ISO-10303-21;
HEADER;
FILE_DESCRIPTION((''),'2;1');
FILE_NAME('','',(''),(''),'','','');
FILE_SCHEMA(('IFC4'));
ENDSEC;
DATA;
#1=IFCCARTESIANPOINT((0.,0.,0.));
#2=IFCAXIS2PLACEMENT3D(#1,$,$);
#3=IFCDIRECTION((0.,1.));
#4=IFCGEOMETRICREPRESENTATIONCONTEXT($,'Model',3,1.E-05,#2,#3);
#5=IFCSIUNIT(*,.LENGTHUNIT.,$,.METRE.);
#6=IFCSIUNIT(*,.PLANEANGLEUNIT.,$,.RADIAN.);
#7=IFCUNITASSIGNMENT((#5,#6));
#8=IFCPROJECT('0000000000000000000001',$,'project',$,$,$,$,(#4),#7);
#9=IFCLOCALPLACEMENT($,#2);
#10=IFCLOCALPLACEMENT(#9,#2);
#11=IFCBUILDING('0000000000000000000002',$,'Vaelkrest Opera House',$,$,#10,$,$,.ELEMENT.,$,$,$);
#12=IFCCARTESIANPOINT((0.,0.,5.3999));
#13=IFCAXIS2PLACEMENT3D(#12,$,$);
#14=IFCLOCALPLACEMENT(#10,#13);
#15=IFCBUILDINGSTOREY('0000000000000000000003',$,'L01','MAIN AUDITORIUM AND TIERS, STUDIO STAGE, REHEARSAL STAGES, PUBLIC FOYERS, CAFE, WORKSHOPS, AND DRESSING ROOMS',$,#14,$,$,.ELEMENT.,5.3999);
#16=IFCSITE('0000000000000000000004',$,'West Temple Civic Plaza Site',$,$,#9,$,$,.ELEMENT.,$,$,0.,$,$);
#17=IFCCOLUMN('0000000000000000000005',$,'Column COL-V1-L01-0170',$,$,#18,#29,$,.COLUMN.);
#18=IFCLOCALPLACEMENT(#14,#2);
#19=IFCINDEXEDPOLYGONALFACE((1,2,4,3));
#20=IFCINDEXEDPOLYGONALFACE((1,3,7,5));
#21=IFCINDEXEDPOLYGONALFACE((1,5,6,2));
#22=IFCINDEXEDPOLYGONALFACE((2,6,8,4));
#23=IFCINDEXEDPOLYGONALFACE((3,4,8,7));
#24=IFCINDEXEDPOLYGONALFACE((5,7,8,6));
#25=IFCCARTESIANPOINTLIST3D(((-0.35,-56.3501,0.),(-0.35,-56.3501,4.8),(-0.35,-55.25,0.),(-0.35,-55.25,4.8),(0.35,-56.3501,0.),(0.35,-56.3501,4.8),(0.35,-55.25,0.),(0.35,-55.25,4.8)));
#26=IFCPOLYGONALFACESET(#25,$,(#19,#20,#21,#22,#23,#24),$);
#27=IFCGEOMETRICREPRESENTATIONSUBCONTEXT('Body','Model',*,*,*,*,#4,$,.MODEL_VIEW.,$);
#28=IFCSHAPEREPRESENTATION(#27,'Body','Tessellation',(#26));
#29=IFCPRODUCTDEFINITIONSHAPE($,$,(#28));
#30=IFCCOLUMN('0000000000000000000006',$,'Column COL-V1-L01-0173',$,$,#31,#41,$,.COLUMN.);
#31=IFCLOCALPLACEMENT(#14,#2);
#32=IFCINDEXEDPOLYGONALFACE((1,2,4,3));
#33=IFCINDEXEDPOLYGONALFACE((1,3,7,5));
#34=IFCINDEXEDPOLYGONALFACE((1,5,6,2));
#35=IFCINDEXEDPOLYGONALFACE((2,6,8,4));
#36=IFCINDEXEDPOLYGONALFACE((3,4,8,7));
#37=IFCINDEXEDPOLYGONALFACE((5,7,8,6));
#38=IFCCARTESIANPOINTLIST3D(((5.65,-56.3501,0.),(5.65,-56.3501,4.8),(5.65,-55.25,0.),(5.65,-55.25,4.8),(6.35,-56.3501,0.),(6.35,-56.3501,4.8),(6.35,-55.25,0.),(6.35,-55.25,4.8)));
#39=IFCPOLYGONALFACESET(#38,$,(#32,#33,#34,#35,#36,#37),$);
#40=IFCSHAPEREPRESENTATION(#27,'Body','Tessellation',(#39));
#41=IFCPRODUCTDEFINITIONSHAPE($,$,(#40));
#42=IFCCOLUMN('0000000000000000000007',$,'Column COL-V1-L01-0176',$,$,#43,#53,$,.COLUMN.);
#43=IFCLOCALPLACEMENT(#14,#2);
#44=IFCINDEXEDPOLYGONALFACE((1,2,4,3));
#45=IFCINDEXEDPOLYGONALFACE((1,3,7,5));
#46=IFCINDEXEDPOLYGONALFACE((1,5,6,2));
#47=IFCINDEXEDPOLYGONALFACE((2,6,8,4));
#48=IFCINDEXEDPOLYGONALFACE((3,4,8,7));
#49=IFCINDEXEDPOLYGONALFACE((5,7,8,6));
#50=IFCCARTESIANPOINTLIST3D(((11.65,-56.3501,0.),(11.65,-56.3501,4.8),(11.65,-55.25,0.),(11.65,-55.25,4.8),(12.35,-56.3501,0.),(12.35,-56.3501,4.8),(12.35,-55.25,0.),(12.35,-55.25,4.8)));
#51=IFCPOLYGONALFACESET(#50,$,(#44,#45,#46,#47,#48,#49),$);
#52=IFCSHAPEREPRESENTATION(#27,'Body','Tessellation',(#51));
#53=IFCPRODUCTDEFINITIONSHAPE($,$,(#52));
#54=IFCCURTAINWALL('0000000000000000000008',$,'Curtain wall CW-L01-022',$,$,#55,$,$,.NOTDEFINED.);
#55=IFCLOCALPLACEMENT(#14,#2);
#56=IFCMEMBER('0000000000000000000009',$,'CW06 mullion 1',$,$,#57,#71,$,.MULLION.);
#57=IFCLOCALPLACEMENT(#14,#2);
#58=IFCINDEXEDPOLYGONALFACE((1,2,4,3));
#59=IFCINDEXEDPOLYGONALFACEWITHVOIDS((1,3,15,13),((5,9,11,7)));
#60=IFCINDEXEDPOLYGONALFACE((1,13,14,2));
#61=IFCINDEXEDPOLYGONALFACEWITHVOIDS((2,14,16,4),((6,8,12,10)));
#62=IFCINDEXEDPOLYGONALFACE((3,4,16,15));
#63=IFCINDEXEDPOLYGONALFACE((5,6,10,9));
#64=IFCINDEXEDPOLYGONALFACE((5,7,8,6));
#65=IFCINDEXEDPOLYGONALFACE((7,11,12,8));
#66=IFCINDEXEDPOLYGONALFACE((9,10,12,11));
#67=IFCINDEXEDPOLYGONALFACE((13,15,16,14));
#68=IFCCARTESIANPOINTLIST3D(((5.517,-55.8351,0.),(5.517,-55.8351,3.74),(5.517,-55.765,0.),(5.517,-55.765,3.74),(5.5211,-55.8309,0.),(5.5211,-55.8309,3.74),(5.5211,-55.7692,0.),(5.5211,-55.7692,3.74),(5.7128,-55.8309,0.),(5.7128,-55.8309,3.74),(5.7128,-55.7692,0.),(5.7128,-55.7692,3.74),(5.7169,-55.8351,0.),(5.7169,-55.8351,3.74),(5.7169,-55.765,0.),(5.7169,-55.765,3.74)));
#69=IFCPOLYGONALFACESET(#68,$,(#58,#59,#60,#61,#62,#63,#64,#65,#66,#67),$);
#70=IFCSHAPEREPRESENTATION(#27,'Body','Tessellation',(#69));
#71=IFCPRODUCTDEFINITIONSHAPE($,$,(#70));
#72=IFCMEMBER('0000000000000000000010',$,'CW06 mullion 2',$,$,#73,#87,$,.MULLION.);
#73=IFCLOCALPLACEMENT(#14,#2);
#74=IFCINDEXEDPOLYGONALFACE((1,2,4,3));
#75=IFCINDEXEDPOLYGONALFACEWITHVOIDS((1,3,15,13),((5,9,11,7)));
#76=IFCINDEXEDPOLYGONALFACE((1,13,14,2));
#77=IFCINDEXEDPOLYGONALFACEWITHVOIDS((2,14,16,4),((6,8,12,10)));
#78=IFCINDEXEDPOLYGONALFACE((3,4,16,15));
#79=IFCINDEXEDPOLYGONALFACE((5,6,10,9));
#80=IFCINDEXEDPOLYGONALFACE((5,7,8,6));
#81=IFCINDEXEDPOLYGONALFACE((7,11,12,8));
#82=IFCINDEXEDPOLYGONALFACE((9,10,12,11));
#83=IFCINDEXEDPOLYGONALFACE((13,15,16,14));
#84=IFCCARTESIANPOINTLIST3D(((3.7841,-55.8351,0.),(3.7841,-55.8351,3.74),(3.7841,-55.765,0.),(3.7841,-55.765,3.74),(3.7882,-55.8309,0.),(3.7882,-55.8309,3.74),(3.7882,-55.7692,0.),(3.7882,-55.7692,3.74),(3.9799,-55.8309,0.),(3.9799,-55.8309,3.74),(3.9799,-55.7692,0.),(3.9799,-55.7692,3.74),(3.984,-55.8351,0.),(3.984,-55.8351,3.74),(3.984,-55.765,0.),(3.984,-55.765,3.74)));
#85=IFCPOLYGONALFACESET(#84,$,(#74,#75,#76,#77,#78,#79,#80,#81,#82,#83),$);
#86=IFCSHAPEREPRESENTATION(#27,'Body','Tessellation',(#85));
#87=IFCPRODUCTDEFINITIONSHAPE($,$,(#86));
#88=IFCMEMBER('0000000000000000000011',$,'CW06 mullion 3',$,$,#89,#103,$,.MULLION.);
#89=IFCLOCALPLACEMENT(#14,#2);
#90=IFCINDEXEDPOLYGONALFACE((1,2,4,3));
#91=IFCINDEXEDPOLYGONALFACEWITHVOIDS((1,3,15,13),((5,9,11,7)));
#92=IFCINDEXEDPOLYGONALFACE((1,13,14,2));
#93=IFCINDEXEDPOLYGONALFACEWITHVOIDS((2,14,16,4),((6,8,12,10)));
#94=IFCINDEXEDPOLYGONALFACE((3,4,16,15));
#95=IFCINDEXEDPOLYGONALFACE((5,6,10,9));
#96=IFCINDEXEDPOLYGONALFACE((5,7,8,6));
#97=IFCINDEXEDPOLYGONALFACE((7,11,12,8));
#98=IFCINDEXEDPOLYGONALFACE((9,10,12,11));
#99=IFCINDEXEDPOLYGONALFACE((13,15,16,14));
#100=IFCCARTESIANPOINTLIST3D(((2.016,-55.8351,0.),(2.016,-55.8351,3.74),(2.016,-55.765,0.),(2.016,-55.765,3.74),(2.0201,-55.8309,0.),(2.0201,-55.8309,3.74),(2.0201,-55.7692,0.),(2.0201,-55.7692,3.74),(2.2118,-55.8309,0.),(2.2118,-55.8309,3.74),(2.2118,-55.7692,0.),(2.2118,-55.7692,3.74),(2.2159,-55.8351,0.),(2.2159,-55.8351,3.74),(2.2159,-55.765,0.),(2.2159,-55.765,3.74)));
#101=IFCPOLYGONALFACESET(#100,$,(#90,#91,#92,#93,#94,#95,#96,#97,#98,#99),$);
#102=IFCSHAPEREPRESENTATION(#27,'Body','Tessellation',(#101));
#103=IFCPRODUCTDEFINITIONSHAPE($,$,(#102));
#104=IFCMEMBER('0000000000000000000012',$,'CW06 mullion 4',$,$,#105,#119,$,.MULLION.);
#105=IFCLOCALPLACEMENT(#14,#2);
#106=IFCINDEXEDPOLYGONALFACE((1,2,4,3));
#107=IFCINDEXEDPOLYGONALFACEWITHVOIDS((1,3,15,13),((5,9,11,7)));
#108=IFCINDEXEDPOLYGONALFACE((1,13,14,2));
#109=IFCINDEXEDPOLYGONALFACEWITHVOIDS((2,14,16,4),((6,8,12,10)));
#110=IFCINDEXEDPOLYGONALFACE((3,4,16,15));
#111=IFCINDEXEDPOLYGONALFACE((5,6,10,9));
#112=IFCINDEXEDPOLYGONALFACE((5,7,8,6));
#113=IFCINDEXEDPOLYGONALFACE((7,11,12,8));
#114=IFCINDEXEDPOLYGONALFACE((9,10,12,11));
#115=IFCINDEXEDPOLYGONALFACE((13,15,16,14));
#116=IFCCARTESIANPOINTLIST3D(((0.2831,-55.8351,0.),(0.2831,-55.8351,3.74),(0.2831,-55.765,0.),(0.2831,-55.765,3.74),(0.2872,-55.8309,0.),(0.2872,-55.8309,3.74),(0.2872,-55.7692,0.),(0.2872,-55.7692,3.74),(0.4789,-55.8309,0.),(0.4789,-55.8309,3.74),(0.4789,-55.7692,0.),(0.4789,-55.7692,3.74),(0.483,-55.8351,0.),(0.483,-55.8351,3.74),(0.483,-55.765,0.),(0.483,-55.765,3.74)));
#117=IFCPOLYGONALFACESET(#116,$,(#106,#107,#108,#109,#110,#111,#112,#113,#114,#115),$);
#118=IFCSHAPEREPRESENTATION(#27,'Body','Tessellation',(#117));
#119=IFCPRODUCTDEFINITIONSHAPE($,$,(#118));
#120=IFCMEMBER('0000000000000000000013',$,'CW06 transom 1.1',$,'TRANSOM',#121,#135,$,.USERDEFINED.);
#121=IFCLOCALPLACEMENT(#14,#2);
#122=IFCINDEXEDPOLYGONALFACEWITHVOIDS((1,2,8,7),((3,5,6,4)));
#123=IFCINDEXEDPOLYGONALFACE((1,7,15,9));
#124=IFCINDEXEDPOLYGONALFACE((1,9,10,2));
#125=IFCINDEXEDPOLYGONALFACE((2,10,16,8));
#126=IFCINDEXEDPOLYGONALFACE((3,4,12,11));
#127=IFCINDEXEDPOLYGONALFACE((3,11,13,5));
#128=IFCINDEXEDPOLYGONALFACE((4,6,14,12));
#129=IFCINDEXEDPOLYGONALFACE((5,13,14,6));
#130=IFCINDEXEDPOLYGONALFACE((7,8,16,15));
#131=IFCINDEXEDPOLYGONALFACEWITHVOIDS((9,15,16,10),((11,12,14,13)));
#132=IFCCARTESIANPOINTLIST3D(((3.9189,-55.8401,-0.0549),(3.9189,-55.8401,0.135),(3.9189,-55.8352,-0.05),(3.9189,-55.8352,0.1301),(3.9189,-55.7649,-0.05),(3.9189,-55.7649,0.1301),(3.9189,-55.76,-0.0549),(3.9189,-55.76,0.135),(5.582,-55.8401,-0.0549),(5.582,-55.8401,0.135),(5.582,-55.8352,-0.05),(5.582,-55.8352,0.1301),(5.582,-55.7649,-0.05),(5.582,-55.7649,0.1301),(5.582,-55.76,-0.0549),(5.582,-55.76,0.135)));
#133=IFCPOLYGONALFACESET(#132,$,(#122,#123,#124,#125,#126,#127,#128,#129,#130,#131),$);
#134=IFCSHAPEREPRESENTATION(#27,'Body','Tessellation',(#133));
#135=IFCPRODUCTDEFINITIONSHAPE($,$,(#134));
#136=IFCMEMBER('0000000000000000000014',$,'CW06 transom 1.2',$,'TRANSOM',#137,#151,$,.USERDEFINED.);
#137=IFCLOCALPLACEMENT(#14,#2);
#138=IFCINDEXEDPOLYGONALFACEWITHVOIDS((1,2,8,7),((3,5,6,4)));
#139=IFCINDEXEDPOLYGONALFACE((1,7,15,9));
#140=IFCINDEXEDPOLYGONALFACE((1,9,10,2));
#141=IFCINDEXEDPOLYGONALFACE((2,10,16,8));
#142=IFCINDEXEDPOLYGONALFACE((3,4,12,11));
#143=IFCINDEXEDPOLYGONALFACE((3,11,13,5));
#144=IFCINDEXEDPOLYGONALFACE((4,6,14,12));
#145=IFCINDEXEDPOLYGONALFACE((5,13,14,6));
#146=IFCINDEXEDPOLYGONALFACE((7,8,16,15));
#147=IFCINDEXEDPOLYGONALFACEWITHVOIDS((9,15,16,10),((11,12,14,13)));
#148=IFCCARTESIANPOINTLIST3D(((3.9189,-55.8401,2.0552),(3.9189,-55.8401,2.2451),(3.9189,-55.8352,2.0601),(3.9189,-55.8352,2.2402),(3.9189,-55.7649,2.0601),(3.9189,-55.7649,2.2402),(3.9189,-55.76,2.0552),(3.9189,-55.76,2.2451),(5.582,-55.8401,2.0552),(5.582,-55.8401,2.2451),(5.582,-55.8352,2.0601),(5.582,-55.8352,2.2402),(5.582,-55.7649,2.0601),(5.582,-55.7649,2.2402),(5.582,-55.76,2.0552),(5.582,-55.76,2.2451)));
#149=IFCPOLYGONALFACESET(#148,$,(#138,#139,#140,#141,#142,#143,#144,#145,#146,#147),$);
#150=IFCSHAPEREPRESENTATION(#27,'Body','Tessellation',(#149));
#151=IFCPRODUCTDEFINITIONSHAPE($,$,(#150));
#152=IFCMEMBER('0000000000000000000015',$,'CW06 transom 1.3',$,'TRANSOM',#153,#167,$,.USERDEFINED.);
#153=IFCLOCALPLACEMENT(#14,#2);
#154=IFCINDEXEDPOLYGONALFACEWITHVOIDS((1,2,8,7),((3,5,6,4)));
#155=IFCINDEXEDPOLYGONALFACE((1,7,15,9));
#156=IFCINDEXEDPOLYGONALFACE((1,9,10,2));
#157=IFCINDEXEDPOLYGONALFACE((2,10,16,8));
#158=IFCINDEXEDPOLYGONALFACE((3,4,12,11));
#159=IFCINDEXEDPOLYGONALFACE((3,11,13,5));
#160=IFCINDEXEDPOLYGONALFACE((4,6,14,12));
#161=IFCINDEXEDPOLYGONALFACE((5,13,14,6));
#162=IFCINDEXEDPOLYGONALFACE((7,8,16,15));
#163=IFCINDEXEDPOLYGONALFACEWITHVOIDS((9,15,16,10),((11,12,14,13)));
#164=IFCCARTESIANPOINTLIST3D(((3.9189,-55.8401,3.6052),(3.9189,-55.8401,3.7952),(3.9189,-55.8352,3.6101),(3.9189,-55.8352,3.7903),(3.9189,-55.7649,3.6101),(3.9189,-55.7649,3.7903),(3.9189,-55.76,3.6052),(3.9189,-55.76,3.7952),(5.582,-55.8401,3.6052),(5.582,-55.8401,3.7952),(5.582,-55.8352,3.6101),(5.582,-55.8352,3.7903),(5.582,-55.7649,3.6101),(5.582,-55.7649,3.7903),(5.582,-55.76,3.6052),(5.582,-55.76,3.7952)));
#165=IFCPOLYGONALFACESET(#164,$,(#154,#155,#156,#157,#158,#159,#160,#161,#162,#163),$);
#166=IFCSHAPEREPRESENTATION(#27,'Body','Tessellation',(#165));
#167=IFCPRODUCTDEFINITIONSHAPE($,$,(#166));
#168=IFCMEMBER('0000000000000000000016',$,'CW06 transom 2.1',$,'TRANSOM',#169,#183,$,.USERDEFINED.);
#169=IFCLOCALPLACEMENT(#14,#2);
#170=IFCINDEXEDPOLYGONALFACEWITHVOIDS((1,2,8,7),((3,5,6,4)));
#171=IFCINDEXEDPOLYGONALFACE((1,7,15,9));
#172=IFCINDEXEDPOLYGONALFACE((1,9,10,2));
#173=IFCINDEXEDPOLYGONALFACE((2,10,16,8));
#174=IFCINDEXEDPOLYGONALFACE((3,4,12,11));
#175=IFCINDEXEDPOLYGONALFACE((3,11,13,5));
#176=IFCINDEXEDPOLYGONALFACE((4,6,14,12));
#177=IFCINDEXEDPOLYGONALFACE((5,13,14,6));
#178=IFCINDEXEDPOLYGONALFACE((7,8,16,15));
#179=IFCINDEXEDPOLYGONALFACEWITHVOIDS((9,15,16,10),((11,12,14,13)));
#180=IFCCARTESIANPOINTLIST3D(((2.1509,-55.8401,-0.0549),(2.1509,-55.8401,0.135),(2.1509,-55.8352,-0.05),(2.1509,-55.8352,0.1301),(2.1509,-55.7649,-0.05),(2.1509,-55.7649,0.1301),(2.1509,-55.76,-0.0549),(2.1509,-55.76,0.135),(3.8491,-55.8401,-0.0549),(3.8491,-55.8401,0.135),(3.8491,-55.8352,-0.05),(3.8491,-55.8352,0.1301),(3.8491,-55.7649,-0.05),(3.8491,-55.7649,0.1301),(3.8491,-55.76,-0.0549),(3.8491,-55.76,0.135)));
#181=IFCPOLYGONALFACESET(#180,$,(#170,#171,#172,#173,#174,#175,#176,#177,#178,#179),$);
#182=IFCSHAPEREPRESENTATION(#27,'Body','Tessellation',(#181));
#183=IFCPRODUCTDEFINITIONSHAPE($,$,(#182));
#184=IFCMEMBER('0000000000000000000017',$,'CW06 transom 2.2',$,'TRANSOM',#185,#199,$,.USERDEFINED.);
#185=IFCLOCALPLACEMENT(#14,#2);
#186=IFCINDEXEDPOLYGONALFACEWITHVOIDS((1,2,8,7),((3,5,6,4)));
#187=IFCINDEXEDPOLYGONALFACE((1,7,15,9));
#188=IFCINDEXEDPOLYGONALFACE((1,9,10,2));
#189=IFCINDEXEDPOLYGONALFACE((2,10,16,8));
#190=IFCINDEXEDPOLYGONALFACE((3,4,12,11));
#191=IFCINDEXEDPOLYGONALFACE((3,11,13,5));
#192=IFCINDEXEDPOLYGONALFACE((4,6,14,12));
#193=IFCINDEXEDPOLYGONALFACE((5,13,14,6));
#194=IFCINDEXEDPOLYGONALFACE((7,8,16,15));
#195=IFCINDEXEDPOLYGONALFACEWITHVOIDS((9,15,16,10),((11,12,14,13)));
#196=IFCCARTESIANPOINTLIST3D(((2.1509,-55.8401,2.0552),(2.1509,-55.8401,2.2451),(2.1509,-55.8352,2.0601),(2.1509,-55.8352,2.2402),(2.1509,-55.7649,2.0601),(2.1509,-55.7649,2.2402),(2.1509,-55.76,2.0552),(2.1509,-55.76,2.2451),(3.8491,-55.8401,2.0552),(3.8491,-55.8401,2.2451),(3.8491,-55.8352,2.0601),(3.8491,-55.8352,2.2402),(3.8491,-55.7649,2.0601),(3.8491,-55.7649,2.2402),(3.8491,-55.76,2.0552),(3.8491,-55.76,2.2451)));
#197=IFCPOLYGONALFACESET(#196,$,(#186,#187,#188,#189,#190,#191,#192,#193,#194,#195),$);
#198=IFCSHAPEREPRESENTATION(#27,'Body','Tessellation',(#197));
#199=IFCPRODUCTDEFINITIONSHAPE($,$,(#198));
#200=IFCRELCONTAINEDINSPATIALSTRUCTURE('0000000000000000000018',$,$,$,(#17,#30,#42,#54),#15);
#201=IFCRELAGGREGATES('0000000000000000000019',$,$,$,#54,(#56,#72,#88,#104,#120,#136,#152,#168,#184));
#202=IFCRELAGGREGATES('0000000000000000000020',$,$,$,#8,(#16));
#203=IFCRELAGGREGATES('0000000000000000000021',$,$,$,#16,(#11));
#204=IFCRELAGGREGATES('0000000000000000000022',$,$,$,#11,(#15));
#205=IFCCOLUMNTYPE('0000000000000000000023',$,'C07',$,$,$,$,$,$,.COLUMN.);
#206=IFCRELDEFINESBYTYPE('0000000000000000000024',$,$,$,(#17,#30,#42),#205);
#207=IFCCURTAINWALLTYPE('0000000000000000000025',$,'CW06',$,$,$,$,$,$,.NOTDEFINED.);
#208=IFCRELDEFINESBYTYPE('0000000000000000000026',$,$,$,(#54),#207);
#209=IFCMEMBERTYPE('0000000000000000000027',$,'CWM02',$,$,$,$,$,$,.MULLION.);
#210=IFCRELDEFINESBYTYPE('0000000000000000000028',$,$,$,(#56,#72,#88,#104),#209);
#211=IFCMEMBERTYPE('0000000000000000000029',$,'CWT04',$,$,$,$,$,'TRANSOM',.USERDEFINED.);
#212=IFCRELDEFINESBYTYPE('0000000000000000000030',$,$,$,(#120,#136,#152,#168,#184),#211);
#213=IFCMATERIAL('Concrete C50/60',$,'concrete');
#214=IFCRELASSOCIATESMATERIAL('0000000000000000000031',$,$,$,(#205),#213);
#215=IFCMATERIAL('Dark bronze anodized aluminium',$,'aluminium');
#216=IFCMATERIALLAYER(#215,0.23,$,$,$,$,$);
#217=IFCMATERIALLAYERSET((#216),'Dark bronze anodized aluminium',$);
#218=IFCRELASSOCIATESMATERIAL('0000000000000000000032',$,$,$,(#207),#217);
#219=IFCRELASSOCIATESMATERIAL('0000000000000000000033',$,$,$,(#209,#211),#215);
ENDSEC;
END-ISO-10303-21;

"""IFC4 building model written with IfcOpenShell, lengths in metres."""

from ifc_helpers import new_model, si_unit, direction, frame, origin, origin_2d, place, context, subcontext, project, spatial, rectangle, hollow_rectangle, extrude, material, layer, layer_set, material_profile, profile_set, type_object, element, aggregate, save


model = new_model("IFC4")

# Units and contexts
model_context = context("Model", 3, precision=1e-05, world=origin(), true_north=direction((0.0, 1.0)))
body_context = subcontext(model_context, "Body", "Model", "MODEL_VIEW")
ifc_project = project(units=[si_unit("LENGTHUNIT", "METRE"), si_unit("PLANEANGLEUNIT", "RADIAN")], contexts=[model_context])

# Site, building, storey
site_placement = place(None, origin())
site = spatial("IfcSite", under=ifc_project, at=site_placement, Name="West Temple Civic Plaza Site", CompositionType="ELEMENT", RefElevation=0.0)
building_placement = place(site_placement, origin())
building = spatial("IfcBuilding", under=site, at=building_placement, Name="Vaelkrest Opera House", CompositionType="ELEMENT")
storey_placement = place(building_placement, frame((0.0, 0.0, 5.3999)))
storey = spatial("IfcBuildingStorey", under=building, at=storey_placement, Name="L01", Description="MAIN AUDITORIUM AND TIERS, STUDIO STAGE, REHEARSAL STAGES, PUBLIC FOYERS, CAFE, WORKSHOPS, AND DRESSING ROOMS", CompositionType="ELEMENT", Elevation=5.3999)

# Columns
ifc_material_1 = material(Name="Concrete C50/60", Category="concrete")
ifc_material_profile_1 = material_profile(ifc_material_1, rectangle(XDim=0.7, YDim=1.1001, at=origin_2d()), Name="RC700X1100")
ifc_profile_set_1 = profile_set([ifc_material_profile_1], Name="Concrete C50/60")
column_type = type_object("IfcColumnType", Name="C07", PredefinedType="COLUMN", material=ifc_profile_set_1)
for number, where, z_axis, x_axis, name in (
    (1, (0.0, -55.8, 0.0), (0.0, 0.0, 1.0), (1.0, 0.0, 0.0), "Column COL-V1-L01-0170"),
    (2, (6.0, -55.8, 0.0), (0.0, 0.0, 1.0), (1.0, 0.0, 0.0), "Column COL-V1-L01-0173"),
    (3, (12.0, -55.8, 0.0), (0.0, 0.0, 1.0), (1.0, 0.0, 0.0), "Column COL-V1-L01-0176"),
):
    element("IfcColumn", number, at=place(storey_placement, frame(where, z_axis=z_axis, x_axis=x_axis)), inside=storey, type_object=column_type, Name=name, PredefinedType="COLUMN", context=body_context, shape_type="SweptSolid", body=[
        extrude(rectangle(XDim=0.7, YDim=1.1001, at=origin_2d()), origin(), (0.0, 0.0, 1.0), 4.8),
    ])

# Curtain wall, members
ifc_material_2 = material(Name="Dark bronze anodized aluminium", Category="aluminium")
ifc_layer_1 = layer(ifc_material_2, 0.23)
ifc_layer_set_1 = layer_set([ifc_layer_1], Name="Dark bronze anodized aluminium")
curtain_wall_type = type_object("IfcCurtainWallType", Name="CW06", PredefinedType="NOTDEFINED", material=ifc_layer_set_1)
curtain_wall_placement = place(storey_placement, origin())
curtain_wall = element("IfcCurtainWall", 4, at=curtain_wall_placement, inside=storey, type_object=curtain_wall_type, Name="Curtain wall CW-L01-022", PredefinedType="NOTDEFINED")
ifc_material_profile_2 = material_profile(ifc_material_2, hollow_rectangle(XDim=0.0701, YDim=0.2, WallThickness=0.0042, at=origin_2d()), Name="CWM70X200")
ifc_profile_set_2 = profile_set([ifc_material_profile_2], Name="Dark bronze anodized aluminium")
member_type_1 = type_object("IfcMemberType", Name="CWM02", PredefinedType="MULLION", material=ifc_profile_set_2)
member_1_placement = place(storey_placement, frame((5.6169, -55.8, 0.0), z_axis=(0.0, 0.0, 1.0), x_axis=(0.0, -1.0, 0.0)))
member_1 = element("IfcMember", 5, at=member_1_placement, type_object=member_type_1, Name="CW06 mullion 1", PredefinedType="MULLION", context=body_context, shape_type="SweptSolid", body=[
    extrude(hollow_rectangle(XDim=0.0701, YDim=0.2, WallThickness=0.0042, at=origin_2d()), origin(), (0.0, 0.0, 1.0), 3.74),
])
member_2_placement = place(storey_placement, frame((3.884, -55.8, 0.0), z_axis=(0.0, 0.0, 1.0), x_axis=(0.0, -1.0, 0.0)))
member_2 = element("IfcMember", 6, at=member_2_placement, type_object=member_type_1, Name="CW06 mullion 2", PredefinedType="MULLION", context=body_context, shape_type="SweptSolid", body=[
    extrude(hollow_rectangle(XDim=0.0701, YDim=0.2, WallThickness=0.0042, at=origin_2d()), origin(), (0.0, 0.0, 1.0), 3.74),
])
member_3_placement = place(storey_placement, frame((2.116, -55.8, 0.0), z_axis=(0.0, 0.0, 1.0), x_axis=(0.0, -1.0, 0.0)))
member_3 = element("IfcMember", 7, at=member_3_placement, type_object=member_type_1, Name="CW06 mullion 3", PredefinedType="MULLION", context=body_context, shape_type="SweptSolid", body=[
    extrude(hollow_rectangle(XDim=0.0701, YDim=0.2, WallThickness=0.0042, at=origin_2d()), origin(), (0.0, 0.0, 1.0), 3.74),
])
member_4_placement = place(storey_placement, frame((0.3831, -55.8, 0.0), z_axis=(0.0, 0.0, 1.0), x_axis=(0.0, -1.0, 0.0)))
member_4 = element("IfcMember", 8, at=member_4_placement, type_object=member_type_1, Name="CW06 mullion 4", PredefinedType="MULLION", context=body_context, shape_type="SweptSolid", body=[
    extrude(hollow_rectangle(XDim=0.0701, YDim=0.2, WallThickness=0.0042, at=origin_2d()), origin(), (0.0, 0.0, 1.0), 3.74),
])
ifc_material_profile_3 = material_profile(ifc_material_2, hollow_rectangle(XDim=0.0801, YDim=0.1899, WallThickness=0.0049, at=origin_2d()), Name="CWT80X190")
ifc_profile_set_3 = profile_set([ifc_material_profile_3], Name="Dark bronze anodized aluminium")
member_type_2 = type_object("IfcMemberType", Name="CWT04", ElementType="TRANSOM", PredefinedType="USERDEFINED", material=ifc_profile_set_3)
member_5_placement = place(storey_placement, frame((5.582, -55.8, 0.04), z_axis=(-1.0, 0.0, 0.0), x_axis=(0.0, -1.0, 0.0)))
member_5 = element("IfcMember", 9, at=member_5_placement, type_object=member_type_2, Name="CW06 transom 1.1", ObjectType="TRANSOM", PredefinedType="USERDEFINED", context=body_context, shape_type="SweptSolid", body=[
    extrude(hollow_rectangle(XDim=0.0801, YDim=0.1899, WallThickness=0.0049, at=origin_2d()), origin(), (0.0, 0.0, 1.0), 1.6631),
])
member_6_placement = place(storey_placement, frame((5.582, -55.8, 2.1501), z_axis=(-1.0, 0.0, 0.0), x_axis=(0.0, -1.0, 0.0)))
member_6 = element("IfcMember", 10, at=member_6_placement, type_object=member_type_2, Name="CW06 transom 1.2", ObjectType="TRANSOM", PredefinedType="USERDEFINED", context=body_context, shape_type="SweptSolid", body=[
    extrude(hollow_rectangle(XDim=0.0801, YDim=0.1899, WallThickness=0.0049, at=origin_2d()), origin(), (0.0, 0.0, 1.0), 1.6631),
])
member_7_placement = place(storey_placement, frame((5.582, -55.8, 3.7002), z_axis=(-1.0, 0.0, 0.0), x_axis=(0.0, -1.0, 0.0)))
member_7 = element("IfcMember", 11, at=member_7_placement, type_object=member_type_2, Name="CW06 transom 1.3", ObjectType="TRANSOM", PredefinedType="USERDEFINED", context=body_context, shape_type="SweptSolid", body=[
    extrude(hollow_rectangle(XDim=0.0801, YDim=0.1899, WallThickness=0.0049, at=origin_2d()), origin(), (0.0, 0.0, 1.0), 1.6631),
])
member_8_placement = place(storey_placement, frame((3.8491, -55.8, 0.04), z_axis=(-1.0, 0.0, 0.0), x_axis=(0.0, -1.0, 0.0)))
member_8 = element("IfcMember", 12, at=member_8_placement, type_object=member_type_2, Name="CW06 transom 2.1", ObjectType="TRANSOM", PredefinedType="USERDEFINED", context=body_context, shape_type="SweptSolid", body=[
    extrude(hollow_rectangle(XDim=0.0801, YDim=0.1899, WallThickness=0.0049, at=origin_2d()), origin(), (0.0, 0.0, 1.0), 1.6982),
])
member_9_placement = place(storey_placement, frame((3.8491, -55.8, 2.1501), z_axis=(-1.0, 0.0, 0.0), x_axis=(0.0, -1.0, 0.0)))
member_9 = element("IfcMember", 13, at=member_9_placement, type_object=member_type_2, Name="CW06 transom 2.2", ObjectType="TRANSOM", PredefinedType="USERDEFINED", context=body_context, shape_type="SweptSolid", body=[
    extrude(hollow_rectangle(XDim=0.0801, YDim=0.1899, WallThickness=0.0049, at=origin_2d()), origin(), (0.0, 0.0, 1.0), 1.6982),
])

aggregate(curtain_wall, [member_1, member_2, member_3, member_4, member_5, member_6, member_7, member_8, member_9])

save(model, "model.ifc")
